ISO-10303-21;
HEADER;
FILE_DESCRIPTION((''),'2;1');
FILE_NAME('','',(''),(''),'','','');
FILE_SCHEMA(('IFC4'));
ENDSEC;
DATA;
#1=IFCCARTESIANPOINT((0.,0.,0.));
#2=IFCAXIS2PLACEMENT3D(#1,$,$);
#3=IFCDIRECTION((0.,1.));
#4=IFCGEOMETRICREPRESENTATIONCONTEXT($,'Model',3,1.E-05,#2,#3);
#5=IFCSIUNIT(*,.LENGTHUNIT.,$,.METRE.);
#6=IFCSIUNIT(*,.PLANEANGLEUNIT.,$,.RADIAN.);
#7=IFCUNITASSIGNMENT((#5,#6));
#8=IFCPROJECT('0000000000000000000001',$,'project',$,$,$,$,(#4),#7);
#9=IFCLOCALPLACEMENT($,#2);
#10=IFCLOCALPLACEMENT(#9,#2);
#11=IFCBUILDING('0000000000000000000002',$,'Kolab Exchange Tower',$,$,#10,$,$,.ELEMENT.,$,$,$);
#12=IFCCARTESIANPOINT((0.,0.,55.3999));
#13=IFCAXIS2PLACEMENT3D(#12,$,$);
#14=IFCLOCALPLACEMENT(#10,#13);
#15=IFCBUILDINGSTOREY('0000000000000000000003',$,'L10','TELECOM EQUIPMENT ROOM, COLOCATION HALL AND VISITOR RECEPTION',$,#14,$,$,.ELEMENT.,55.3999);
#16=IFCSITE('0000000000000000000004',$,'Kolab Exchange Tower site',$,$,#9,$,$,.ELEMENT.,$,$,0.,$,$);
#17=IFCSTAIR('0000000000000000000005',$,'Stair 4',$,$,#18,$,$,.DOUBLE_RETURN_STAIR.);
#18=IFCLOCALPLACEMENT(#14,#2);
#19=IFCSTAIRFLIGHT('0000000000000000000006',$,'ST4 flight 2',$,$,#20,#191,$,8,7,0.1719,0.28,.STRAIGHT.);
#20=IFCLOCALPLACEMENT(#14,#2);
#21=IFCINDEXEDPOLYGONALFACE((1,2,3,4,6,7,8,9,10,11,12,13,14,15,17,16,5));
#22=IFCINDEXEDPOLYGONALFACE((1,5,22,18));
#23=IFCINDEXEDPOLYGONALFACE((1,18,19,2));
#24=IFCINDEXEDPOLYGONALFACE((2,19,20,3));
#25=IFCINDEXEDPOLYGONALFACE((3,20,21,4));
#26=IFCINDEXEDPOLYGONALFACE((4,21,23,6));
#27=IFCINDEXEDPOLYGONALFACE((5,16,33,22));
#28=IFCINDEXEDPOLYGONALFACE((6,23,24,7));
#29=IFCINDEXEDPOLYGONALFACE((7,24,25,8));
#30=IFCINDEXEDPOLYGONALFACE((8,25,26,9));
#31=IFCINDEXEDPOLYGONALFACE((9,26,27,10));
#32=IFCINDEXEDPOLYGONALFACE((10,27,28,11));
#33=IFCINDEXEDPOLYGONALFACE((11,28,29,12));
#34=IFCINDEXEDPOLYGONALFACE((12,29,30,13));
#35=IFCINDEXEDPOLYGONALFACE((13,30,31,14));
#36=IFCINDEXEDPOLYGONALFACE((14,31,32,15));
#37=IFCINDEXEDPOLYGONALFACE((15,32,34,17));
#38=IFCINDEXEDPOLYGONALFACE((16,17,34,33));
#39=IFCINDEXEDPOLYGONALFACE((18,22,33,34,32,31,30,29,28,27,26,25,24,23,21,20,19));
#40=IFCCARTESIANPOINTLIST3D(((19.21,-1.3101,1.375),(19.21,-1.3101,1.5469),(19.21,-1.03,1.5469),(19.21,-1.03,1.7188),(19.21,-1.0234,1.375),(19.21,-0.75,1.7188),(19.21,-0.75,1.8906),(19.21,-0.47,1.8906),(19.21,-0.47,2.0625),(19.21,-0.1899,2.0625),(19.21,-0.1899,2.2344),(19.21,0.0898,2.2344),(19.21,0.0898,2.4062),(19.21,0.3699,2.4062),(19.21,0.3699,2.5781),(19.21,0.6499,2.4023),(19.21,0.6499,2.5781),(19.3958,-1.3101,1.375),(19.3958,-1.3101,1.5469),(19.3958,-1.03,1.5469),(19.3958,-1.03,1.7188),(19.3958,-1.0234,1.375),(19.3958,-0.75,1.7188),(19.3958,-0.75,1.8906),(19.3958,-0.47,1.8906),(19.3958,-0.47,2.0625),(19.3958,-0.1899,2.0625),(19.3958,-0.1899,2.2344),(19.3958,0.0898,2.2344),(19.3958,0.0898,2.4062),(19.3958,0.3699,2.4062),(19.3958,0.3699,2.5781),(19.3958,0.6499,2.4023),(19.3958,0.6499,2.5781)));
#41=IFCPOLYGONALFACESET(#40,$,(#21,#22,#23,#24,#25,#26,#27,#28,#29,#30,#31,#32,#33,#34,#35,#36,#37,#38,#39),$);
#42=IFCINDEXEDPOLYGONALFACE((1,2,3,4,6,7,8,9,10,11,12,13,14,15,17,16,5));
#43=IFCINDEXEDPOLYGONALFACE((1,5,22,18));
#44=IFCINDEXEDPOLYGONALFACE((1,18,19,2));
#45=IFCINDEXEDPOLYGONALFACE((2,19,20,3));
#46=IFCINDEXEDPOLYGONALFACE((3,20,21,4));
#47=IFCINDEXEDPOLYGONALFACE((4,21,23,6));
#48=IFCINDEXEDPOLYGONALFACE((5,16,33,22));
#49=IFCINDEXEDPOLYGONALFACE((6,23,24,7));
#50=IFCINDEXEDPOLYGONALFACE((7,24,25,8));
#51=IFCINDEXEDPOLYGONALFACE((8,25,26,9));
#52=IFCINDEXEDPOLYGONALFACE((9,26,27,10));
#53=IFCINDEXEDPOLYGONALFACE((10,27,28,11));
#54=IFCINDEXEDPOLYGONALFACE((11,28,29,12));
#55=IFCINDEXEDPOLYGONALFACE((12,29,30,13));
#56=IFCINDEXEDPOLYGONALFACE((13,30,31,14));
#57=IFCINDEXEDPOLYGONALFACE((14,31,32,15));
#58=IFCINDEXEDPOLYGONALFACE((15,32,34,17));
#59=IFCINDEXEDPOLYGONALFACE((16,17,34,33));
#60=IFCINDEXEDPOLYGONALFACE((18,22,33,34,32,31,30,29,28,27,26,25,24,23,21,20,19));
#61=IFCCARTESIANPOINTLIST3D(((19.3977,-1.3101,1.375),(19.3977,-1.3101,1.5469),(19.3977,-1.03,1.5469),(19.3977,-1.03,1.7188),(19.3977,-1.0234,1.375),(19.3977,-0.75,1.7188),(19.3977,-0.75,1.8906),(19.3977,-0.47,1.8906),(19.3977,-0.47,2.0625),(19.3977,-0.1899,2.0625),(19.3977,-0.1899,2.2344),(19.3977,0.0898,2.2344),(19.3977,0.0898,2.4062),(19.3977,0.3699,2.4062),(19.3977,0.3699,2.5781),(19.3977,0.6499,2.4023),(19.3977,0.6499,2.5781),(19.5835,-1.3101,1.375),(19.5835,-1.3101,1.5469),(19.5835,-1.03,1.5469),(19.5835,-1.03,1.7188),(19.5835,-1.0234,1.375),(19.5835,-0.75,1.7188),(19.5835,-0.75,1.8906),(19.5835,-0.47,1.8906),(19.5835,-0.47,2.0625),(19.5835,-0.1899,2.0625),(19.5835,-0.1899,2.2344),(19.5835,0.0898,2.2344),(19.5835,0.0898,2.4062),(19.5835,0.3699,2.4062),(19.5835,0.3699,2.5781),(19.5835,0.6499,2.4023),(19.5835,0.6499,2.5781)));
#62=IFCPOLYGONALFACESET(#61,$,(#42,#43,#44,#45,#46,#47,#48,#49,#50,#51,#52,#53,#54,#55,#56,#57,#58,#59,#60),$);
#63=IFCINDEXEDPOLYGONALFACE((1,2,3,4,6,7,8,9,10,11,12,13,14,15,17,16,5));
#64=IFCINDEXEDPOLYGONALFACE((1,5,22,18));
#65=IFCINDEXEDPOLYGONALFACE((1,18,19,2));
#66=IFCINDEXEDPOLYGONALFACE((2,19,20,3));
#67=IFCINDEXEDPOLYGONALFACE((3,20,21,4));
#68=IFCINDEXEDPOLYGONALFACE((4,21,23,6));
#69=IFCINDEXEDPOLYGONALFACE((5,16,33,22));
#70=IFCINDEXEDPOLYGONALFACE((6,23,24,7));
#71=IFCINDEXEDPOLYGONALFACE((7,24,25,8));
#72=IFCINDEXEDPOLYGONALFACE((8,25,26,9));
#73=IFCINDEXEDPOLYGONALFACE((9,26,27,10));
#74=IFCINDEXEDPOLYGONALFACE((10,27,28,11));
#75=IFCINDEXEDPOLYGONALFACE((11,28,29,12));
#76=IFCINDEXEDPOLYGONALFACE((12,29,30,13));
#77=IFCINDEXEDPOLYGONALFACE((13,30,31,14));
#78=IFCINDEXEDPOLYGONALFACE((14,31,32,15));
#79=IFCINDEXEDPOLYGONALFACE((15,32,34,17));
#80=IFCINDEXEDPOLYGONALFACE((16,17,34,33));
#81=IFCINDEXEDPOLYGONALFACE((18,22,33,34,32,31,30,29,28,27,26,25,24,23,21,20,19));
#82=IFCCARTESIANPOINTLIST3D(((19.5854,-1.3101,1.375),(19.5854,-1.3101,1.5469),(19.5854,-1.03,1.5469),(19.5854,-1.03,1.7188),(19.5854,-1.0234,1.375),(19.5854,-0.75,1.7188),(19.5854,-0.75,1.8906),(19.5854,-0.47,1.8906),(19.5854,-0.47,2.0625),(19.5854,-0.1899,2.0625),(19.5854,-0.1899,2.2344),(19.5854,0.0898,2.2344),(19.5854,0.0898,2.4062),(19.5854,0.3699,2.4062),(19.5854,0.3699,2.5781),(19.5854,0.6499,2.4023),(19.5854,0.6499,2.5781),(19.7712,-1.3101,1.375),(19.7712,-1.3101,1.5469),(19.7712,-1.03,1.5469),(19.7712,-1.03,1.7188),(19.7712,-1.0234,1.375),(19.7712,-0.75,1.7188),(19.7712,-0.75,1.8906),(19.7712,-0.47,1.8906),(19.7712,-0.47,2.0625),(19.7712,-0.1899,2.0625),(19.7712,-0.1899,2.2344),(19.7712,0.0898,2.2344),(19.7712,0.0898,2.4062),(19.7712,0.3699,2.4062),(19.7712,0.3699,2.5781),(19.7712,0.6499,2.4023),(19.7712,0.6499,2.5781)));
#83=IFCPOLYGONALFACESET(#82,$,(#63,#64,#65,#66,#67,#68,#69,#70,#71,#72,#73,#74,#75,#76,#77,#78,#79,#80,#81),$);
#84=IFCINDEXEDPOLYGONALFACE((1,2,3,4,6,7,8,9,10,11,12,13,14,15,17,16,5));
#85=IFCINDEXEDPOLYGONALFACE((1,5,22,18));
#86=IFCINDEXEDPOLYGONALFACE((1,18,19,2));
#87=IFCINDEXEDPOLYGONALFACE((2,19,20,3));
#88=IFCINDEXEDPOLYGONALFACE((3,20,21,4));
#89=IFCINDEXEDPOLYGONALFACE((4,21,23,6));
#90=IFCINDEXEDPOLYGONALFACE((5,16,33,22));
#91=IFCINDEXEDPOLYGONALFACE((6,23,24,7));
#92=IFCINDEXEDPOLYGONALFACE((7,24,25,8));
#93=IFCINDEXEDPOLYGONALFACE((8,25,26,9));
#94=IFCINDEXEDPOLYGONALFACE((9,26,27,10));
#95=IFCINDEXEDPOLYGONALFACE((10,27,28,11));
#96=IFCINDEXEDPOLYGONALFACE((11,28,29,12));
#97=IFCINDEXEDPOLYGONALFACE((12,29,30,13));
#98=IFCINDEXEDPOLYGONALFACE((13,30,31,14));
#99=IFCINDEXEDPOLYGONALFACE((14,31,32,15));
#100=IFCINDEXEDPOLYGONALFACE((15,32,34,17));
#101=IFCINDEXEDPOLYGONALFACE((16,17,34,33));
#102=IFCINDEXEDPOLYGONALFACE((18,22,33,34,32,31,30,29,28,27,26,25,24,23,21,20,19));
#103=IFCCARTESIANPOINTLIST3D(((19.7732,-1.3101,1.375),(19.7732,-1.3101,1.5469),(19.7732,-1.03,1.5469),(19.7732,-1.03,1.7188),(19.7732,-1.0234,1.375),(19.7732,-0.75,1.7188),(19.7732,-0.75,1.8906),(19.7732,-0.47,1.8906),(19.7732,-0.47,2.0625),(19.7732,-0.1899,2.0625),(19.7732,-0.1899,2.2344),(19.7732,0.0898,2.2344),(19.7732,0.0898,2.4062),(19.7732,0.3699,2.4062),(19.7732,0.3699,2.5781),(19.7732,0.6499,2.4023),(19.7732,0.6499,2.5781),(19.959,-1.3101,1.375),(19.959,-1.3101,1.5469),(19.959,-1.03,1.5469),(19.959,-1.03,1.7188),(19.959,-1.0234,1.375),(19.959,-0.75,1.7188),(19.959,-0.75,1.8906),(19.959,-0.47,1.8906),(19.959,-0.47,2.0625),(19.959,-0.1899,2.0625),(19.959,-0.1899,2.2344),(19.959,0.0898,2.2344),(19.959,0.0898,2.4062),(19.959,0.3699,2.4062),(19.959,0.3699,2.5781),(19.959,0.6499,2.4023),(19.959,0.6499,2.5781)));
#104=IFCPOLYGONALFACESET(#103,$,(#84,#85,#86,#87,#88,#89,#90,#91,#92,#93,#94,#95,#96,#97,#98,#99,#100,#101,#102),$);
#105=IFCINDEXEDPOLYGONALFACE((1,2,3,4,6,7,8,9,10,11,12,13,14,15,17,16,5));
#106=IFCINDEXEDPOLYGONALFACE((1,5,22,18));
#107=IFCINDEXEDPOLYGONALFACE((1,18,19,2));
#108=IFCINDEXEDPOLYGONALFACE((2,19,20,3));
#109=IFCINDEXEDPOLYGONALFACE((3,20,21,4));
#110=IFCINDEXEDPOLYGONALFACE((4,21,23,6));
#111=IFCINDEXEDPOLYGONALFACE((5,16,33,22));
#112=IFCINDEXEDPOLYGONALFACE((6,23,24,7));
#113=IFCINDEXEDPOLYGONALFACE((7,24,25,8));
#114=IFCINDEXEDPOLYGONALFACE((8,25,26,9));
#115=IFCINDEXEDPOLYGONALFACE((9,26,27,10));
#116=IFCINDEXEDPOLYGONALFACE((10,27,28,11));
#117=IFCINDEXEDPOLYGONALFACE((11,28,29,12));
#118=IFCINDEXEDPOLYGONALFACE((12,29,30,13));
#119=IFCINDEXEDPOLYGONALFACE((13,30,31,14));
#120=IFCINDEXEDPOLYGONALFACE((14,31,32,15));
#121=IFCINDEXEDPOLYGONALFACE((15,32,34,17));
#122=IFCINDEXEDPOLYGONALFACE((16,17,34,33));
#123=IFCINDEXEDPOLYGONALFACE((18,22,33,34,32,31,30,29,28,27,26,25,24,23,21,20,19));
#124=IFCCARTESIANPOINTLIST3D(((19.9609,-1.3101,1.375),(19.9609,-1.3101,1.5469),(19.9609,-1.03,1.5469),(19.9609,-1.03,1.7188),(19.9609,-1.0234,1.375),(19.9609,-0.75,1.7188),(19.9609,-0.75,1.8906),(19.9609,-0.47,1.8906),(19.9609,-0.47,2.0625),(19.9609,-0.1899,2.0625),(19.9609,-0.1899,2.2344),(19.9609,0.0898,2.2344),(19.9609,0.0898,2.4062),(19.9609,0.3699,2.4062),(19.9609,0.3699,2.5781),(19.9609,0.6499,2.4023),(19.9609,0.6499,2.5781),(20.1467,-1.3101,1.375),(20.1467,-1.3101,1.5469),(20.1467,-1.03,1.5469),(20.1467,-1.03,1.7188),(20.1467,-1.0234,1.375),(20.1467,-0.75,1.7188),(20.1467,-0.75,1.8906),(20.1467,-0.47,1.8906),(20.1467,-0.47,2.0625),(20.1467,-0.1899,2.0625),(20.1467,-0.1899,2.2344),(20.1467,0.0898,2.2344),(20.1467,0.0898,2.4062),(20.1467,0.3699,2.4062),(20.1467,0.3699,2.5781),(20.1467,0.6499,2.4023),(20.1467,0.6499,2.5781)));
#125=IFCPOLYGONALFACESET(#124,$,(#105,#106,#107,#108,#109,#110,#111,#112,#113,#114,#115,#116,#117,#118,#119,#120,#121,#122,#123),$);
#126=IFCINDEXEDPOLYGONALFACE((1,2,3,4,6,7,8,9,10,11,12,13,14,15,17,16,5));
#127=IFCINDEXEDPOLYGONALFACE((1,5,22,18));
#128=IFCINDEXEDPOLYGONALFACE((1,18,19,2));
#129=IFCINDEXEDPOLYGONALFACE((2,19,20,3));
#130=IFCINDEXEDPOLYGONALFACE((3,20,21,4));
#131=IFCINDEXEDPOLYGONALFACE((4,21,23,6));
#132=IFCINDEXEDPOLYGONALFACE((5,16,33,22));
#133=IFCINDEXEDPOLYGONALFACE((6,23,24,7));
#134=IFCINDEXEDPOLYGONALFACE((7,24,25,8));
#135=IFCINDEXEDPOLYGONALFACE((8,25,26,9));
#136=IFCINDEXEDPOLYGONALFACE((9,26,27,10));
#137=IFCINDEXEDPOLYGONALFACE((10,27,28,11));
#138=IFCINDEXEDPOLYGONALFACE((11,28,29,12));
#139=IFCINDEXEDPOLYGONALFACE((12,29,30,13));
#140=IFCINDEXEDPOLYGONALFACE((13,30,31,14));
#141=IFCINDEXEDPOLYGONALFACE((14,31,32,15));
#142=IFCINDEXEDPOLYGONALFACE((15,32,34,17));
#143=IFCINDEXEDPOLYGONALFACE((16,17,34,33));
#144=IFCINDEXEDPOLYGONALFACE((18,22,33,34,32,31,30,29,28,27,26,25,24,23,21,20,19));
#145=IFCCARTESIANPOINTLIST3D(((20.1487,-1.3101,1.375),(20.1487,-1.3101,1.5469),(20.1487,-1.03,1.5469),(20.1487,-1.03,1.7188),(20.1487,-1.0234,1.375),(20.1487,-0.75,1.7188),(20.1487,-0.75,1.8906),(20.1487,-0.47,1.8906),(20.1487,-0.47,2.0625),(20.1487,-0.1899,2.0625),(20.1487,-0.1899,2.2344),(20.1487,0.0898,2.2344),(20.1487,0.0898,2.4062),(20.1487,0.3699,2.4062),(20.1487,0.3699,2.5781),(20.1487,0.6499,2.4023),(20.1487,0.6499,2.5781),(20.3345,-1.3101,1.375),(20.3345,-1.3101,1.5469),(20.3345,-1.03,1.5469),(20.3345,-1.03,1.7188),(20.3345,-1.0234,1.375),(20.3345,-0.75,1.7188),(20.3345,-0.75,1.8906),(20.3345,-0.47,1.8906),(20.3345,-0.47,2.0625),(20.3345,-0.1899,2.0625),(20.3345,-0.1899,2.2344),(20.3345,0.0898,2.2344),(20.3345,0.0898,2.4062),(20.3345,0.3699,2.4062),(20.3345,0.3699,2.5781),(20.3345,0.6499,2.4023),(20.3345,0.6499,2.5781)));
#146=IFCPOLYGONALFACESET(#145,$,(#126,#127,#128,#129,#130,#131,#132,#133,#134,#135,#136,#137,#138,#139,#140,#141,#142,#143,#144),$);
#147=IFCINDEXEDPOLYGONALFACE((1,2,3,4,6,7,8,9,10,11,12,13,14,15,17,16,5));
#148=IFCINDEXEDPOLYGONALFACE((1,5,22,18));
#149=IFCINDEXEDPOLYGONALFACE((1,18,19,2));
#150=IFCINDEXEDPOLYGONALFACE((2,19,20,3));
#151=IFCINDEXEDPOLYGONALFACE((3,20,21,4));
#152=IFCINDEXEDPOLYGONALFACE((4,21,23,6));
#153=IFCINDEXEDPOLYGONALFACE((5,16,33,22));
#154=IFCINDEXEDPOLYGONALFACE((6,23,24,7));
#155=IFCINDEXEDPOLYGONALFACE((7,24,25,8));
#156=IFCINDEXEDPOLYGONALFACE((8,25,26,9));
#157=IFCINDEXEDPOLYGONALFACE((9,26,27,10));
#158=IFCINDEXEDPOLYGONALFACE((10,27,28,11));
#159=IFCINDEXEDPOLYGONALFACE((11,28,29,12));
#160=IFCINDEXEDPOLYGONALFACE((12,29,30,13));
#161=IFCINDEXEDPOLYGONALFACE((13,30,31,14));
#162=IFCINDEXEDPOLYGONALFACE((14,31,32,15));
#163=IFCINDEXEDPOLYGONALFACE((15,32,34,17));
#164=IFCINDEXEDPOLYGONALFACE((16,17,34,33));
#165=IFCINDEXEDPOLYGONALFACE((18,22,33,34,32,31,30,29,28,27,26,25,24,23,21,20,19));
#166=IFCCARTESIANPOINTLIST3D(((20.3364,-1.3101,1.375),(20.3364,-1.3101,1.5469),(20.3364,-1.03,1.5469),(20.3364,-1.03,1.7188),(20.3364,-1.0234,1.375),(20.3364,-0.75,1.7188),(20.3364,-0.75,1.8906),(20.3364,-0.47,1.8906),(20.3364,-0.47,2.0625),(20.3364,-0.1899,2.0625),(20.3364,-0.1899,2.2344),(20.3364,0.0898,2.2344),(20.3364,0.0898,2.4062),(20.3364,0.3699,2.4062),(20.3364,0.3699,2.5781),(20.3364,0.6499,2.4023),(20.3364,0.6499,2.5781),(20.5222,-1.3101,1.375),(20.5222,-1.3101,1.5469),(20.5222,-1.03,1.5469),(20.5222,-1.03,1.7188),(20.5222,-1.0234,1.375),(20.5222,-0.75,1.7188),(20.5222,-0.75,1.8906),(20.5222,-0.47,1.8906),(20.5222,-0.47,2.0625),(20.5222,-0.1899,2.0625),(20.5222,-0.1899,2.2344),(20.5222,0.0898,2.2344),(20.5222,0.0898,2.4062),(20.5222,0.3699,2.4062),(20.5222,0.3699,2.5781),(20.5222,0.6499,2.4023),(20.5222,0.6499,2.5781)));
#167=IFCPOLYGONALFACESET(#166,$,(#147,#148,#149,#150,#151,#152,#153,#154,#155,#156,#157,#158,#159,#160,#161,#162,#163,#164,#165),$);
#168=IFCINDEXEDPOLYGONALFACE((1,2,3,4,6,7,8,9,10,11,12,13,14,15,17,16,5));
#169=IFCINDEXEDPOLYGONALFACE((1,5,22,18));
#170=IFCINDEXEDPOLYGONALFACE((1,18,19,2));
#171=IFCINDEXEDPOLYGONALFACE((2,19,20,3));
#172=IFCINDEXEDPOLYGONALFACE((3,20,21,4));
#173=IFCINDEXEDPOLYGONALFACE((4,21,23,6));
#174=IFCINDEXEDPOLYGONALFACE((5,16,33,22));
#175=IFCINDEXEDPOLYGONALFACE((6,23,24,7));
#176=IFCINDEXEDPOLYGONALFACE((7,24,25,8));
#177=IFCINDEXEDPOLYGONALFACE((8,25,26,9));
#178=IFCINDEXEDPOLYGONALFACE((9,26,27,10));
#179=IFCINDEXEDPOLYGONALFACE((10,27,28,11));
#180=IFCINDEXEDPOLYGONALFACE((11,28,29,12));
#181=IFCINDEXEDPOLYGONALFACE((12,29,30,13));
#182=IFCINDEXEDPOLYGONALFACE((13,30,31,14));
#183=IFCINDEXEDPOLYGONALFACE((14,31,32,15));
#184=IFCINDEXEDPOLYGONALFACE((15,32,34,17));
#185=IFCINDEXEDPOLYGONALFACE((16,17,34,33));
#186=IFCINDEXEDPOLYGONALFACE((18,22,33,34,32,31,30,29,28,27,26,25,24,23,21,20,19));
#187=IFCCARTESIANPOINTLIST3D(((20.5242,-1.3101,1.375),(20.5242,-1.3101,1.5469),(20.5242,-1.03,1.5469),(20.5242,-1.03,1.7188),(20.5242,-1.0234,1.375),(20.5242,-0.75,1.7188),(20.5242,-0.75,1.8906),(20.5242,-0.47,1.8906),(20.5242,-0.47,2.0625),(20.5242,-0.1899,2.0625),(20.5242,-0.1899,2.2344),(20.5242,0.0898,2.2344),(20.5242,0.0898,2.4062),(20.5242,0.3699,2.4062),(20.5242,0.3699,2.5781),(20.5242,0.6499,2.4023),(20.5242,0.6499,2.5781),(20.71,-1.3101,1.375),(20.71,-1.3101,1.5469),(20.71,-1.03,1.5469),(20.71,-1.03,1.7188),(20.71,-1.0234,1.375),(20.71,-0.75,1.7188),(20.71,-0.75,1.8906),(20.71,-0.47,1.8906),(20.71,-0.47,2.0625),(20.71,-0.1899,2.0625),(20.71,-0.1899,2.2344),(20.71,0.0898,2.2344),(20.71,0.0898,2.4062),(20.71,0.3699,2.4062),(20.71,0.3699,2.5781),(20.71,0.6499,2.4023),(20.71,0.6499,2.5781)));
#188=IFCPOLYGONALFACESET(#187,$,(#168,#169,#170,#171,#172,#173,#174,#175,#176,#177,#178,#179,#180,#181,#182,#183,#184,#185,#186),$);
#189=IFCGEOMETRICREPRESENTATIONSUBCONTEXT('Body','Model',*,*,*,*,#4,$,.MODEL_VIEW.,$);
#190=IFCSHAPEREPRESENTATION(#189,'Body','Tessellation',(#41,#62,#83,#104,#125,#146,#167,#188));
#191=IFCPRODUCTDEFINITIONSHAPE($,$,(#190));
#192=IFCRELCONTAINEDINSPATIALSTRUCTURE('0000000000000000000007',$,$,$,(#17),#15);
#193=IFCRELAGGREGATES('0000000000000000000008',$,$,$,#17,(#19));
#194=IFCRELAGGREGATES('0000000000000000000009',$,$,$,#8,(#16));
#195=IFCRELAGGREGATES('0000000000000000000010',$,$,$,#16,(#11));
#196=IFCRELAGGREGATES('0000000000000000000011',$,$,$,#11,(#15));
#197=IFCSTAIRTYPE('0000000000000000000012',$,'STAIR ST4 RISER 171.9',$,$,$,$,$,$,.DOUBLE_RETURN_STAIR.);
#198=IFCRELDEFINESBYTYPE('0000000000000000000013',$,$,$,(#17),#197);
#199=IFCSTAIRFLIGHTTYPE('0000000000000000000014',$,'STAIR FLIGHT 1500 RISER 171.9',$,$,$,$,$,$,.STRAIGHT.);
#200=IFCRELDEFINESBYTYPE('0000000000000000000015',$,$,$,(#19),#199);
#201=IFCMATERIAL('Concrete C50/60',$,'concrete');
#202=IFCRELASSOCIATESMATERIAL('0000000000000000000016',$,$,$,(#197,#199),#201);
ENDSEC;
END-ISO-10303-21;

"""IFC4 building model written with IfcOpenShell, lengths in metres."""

from ifc_helpers import new_model, si_unit, direction, frame, origin, place, context, subcontext, project, spatial, polyline, outline, extrude, material, type_object, element, aggregate, save


model = new_model("IFC4")

# Units and contexts
model_context = context("Model", 3, precision=1e-05, world=origin(), true_north=direction((0.0, 1.0)))
body_context = subcontext(model_context, "Body", "Model", "MODEL_VIEW")
ifc_project = project(units=[si_unit("LENGTHUNIT", "METRE"), si_unit("PLANEANGLEUNIT", "RADIAN")], contexts=[model_context])

# Site, building, storey
site_placement = place(None, origin())
site = spatial("IfcSite", under=ifc_project, at=site_placement, Name="Kolab Exchange Tower site", CompositionType="ELEMENT", RefElevation=0.0)
building_placement = place(site_placement, origin())
building = spatial("IfcBuilding", under=site, at=building_placement, Name="Kolab Exchange Tower", CompositionType="ELEMENT")
storey_placement = place(building_placement, frame((0.0, 0.0, 55.3999)))
storey = spatial("IfcBuildingStorey", under=building, at=storey_placement, Name="L10", Description="TELECOM EQUIPMENT ROOM, COLOCATION HALL AND VISITOR RECEPTION", CompositionType="ELEMENT", Elevation=55.3999)

# Shared definitions
ifc_material_1 = material(Name="Concrete C50/60", Category="concrete")

# Stair, stair flight
stair_type = type_object("IfcStairType", Name="STAIR ST4 RISER 171.9", PredefinedType="DOUBLE_RETURN_STAIR", material=ifc_material_1)
stair_placement = place(storey_placement, origin())
stair = element("IfcStair", 1, at=stair_placement, inside=storey, type_object=stair_type, Name="Stair 4", PredefinedType="DOUBLE_RETURN_STAIR")
stair_flight_type = type_object("IfcStairFlightType", Name="STAIR FLIGHT 1500 RISER 171.9", PredefinedType="STRAIGHT", material=ifc_material_1)
stair_flight_1_placement = place(storey_placement, frame((19.96, -1.3101, 1.375), z_axis=(0.0, 0.0, 1.0), x_axis=(0.0, 1.0, 0.0)))
stair_flight_1 = element("IfcStairFlight", 2, at=stair_flight_1_placement, type_object=stair_flight_type, Name="ST4 flight 2", NumberOfRisers=8, NumberOfTreads=7, PredefinedType="STRAIGHT", RiserHeight=0.1719, TreadLength=0.28, context=body_context, shape_type="SweptSolid", body=[
    extrude(outline(polyline([(0.0, 0.0), (0.0, 0.1719), (0.28, 0.1719), (0.28, 0.3438), (0.5601, 0.3438), (0.5601, 0.5156), (0.8401, 0.5156), (0.8401, 0.6875), (1.1201, 0.6875), (1.1201, 0.8594), (1.3999, 0.8594), (1.3999, 1.0312), (1.6799, 1.0312), (1.6799, 1.2031), (1.96, 1.2031), (1.96, 1.375), (1.96, 1.0273), (0.2866, 0.0), (0.0, 0.0)])), frame((0.0, 0.75, 0.0), z_axis=(0.0, -1.0, 0.0), x_axis=(1.0, 0.0, 0.0)), (0.0, 0.0, 1.0), 0.1858),
    extrude(outline(polyline([(0.0, 0.0), (0.0, 0.1719), (0.28, 0.1719), (0.28, 0.3438), (0.5601, 0.3438), (0.5601, 0.5156), (0.8401, 0.5156), (0.8401, 0.6875), (1.1201, 0.6875), (1.1201, 0.8594), (1.3999, 0.8594), (1.3999, 1.0312), (1.6799, 1.0312), (1.6799, 1.2031), (1.96, 1.2031), (1.96, 1.375), (1.96, 1.0273), (0.2866, 0.0), (0.0, 0.0)])), frame((0.0, 0.5623, 0.0), z_axis=(0.0, -1.0, 0.0), x_axis=(1.0, 0.0, 0.0)), (0.0, 0.0, 1.0), 0.1858),
    extrude(outline(polyline([(0.0, 0.0), (0.0, 0.1719), (0.28, 0.1719), (0.28, 0.3438), (0.5601, 0.3438), (0.5601, 0.5156), (0.8401, 0.5156), (0.8401, 0.6875), (1.1201, 0.6875), (1.1201, 0.8594), (1.3999, 0.8594), (1.3999, 1.0312), (1.6799, 1.0312), (1.6799, 1.2031), (1.96, 1.2031), (1.96, 1.375), (1.96, 1.0273), (0.2866, 0.0), (0.0, 0.0)])), frame((0.0, 0.3745, 0.0), z_axis=(0.0, -1.0, 0.0), x_axis=(1.0, 0.0, 0.0)), (0.0, 0.0, 1.0), 0.1858),
    extrude(outline(polyline([(0.0, 0.0), (0.0, 0.1719), (0.28, 0.1719), (0.28, 0.3438), (0.5601, 0.3438), (0.5601, 0.5156), (0.8401, 0.5156), (0.8401, 0.6875), (1.1201, 0.6875), (1.1201, 0.8594), (1.3999, 0.8594), (1.3999, 1.0312), (1.6799, 1.0312), (1.6799, 1.2031), (1.96, 1.2031), (1.96, 1.375), (1.96, 1.0273), (0.2866, 0.0), (0.0, 0.0)])), frame((0.0, 0.1868, 0.0), z_axis=(0.0, -1.0, 0.0), x_axis=(1.0, 0.0, 0.0)), (0.0, 0.0, 1.0), 0.1858),
    extrude(outline(polyline([(0.0, 0.0), (0.0, 0.1719), (0.28, 0.1719), (0.28, 0.3438), (0.5601, 0.3438), (0.5601, 0.5156), (0.8401, 0.5156), (0.8401, 0.6875), (1.1201, 0.6875), (1.1201, 0.8594), (1.3999, 0.8594), (1.3999, 1.0312), (1.6799, 1.0312), (1.6799, 1.2031), (1.96, 1.2031), (1.96, 1.375), (1.96, 1.0273), (0.2866, 0.0), (0.0, 0.0)])), frame((0.0, -0.001, 0.0), z_axis=(0.0, -1.0, 0.0), x_axis=(1.0, 0.0, 0.0)), (0.0, 0.0, 1.0), 0.1858),
    extrude(outline(polyline([(0.0, 0.0), (0.0, 0.1719), (0.28, 0.1719), (0.28, 0.3438), (0.5601, 0.3438), (0.5601, 0.5156), (0.8401, 0.5156), (0.8401, 0.6875), (1.1201, 0.6875), (1.1201, 0.8594), (1.3999, 0.8594), (1.3999, 1.0312), (1.6799, 1.0312), (1.6799, 1.2031), (1.96, 1.2031), (1.96, 1.375), (1.96, 1.0273), (0.2866, 0.0), (0.0, 0.0)])), frame((0.0, -0.1887, 0.0), z_axis=(0.0, -1.0, 0.0), x_axis=(1.0, 0.0, 0.0)), (0.0, 0.0, 1.0), 0.1858),
    extrude(outline(polyline([(0.0, 0.0), (0.0, 0.1719), (0.28, 0.1719), (0.28, 0.3438), (0.5601, 0.3438), (0.5601, 0.5156), (0.8401, 0.5156), (0.8401, 0.6875), (1.1201, 0.6875), (1.1201, 0.8594), (1.3999, 0.8594), (1.3999, 1.0312), (1.6799, 1.0312), (1.6799, 1.2031), (1.96, 1.2031), (1.96, 1.375), (1.96, 1.0273), (0.2866, 0.0), (0.0, 0.0)])), frame((0.0, -0.3765, 0.0), z_axis=(0.0, -1.0, 0.0), x_axis=(1.0, 0.0, 0.0)), (0.0, 0.0, 1.0), 0.1858),
    extrude(outline(polyline([(0.0, 0.0), (0.0, 0.1719), (0.28, 0.1719), (0.28, 0.3438), (0.5601, 0.3438), (0.5601, 0.5156), (0.8401, 0.5156), (0.8401, 0.6875), (1.1201, 0.6875), (1.1201, 0.8594), (1.3999, 0.8594), (1.3999, 1.0312), (1.6799, 1.0312), (1.6799, 1.2031), (1.96, 1.2031), (1.96, 1.375), (1.96, 1.0273), (0.2866, 0.0), (0.0, 0.0)])), frame((0.0, -0.5642, 0.0), z_axis=(0.0, -1.0, 0.0), x_axis=(1.0, 0.0, 0.0)), (0.0, 0.0, 1.0), 0.1858),
])
aggregate(stair, [stair_flight_1])

save(model, "model.ifc")
